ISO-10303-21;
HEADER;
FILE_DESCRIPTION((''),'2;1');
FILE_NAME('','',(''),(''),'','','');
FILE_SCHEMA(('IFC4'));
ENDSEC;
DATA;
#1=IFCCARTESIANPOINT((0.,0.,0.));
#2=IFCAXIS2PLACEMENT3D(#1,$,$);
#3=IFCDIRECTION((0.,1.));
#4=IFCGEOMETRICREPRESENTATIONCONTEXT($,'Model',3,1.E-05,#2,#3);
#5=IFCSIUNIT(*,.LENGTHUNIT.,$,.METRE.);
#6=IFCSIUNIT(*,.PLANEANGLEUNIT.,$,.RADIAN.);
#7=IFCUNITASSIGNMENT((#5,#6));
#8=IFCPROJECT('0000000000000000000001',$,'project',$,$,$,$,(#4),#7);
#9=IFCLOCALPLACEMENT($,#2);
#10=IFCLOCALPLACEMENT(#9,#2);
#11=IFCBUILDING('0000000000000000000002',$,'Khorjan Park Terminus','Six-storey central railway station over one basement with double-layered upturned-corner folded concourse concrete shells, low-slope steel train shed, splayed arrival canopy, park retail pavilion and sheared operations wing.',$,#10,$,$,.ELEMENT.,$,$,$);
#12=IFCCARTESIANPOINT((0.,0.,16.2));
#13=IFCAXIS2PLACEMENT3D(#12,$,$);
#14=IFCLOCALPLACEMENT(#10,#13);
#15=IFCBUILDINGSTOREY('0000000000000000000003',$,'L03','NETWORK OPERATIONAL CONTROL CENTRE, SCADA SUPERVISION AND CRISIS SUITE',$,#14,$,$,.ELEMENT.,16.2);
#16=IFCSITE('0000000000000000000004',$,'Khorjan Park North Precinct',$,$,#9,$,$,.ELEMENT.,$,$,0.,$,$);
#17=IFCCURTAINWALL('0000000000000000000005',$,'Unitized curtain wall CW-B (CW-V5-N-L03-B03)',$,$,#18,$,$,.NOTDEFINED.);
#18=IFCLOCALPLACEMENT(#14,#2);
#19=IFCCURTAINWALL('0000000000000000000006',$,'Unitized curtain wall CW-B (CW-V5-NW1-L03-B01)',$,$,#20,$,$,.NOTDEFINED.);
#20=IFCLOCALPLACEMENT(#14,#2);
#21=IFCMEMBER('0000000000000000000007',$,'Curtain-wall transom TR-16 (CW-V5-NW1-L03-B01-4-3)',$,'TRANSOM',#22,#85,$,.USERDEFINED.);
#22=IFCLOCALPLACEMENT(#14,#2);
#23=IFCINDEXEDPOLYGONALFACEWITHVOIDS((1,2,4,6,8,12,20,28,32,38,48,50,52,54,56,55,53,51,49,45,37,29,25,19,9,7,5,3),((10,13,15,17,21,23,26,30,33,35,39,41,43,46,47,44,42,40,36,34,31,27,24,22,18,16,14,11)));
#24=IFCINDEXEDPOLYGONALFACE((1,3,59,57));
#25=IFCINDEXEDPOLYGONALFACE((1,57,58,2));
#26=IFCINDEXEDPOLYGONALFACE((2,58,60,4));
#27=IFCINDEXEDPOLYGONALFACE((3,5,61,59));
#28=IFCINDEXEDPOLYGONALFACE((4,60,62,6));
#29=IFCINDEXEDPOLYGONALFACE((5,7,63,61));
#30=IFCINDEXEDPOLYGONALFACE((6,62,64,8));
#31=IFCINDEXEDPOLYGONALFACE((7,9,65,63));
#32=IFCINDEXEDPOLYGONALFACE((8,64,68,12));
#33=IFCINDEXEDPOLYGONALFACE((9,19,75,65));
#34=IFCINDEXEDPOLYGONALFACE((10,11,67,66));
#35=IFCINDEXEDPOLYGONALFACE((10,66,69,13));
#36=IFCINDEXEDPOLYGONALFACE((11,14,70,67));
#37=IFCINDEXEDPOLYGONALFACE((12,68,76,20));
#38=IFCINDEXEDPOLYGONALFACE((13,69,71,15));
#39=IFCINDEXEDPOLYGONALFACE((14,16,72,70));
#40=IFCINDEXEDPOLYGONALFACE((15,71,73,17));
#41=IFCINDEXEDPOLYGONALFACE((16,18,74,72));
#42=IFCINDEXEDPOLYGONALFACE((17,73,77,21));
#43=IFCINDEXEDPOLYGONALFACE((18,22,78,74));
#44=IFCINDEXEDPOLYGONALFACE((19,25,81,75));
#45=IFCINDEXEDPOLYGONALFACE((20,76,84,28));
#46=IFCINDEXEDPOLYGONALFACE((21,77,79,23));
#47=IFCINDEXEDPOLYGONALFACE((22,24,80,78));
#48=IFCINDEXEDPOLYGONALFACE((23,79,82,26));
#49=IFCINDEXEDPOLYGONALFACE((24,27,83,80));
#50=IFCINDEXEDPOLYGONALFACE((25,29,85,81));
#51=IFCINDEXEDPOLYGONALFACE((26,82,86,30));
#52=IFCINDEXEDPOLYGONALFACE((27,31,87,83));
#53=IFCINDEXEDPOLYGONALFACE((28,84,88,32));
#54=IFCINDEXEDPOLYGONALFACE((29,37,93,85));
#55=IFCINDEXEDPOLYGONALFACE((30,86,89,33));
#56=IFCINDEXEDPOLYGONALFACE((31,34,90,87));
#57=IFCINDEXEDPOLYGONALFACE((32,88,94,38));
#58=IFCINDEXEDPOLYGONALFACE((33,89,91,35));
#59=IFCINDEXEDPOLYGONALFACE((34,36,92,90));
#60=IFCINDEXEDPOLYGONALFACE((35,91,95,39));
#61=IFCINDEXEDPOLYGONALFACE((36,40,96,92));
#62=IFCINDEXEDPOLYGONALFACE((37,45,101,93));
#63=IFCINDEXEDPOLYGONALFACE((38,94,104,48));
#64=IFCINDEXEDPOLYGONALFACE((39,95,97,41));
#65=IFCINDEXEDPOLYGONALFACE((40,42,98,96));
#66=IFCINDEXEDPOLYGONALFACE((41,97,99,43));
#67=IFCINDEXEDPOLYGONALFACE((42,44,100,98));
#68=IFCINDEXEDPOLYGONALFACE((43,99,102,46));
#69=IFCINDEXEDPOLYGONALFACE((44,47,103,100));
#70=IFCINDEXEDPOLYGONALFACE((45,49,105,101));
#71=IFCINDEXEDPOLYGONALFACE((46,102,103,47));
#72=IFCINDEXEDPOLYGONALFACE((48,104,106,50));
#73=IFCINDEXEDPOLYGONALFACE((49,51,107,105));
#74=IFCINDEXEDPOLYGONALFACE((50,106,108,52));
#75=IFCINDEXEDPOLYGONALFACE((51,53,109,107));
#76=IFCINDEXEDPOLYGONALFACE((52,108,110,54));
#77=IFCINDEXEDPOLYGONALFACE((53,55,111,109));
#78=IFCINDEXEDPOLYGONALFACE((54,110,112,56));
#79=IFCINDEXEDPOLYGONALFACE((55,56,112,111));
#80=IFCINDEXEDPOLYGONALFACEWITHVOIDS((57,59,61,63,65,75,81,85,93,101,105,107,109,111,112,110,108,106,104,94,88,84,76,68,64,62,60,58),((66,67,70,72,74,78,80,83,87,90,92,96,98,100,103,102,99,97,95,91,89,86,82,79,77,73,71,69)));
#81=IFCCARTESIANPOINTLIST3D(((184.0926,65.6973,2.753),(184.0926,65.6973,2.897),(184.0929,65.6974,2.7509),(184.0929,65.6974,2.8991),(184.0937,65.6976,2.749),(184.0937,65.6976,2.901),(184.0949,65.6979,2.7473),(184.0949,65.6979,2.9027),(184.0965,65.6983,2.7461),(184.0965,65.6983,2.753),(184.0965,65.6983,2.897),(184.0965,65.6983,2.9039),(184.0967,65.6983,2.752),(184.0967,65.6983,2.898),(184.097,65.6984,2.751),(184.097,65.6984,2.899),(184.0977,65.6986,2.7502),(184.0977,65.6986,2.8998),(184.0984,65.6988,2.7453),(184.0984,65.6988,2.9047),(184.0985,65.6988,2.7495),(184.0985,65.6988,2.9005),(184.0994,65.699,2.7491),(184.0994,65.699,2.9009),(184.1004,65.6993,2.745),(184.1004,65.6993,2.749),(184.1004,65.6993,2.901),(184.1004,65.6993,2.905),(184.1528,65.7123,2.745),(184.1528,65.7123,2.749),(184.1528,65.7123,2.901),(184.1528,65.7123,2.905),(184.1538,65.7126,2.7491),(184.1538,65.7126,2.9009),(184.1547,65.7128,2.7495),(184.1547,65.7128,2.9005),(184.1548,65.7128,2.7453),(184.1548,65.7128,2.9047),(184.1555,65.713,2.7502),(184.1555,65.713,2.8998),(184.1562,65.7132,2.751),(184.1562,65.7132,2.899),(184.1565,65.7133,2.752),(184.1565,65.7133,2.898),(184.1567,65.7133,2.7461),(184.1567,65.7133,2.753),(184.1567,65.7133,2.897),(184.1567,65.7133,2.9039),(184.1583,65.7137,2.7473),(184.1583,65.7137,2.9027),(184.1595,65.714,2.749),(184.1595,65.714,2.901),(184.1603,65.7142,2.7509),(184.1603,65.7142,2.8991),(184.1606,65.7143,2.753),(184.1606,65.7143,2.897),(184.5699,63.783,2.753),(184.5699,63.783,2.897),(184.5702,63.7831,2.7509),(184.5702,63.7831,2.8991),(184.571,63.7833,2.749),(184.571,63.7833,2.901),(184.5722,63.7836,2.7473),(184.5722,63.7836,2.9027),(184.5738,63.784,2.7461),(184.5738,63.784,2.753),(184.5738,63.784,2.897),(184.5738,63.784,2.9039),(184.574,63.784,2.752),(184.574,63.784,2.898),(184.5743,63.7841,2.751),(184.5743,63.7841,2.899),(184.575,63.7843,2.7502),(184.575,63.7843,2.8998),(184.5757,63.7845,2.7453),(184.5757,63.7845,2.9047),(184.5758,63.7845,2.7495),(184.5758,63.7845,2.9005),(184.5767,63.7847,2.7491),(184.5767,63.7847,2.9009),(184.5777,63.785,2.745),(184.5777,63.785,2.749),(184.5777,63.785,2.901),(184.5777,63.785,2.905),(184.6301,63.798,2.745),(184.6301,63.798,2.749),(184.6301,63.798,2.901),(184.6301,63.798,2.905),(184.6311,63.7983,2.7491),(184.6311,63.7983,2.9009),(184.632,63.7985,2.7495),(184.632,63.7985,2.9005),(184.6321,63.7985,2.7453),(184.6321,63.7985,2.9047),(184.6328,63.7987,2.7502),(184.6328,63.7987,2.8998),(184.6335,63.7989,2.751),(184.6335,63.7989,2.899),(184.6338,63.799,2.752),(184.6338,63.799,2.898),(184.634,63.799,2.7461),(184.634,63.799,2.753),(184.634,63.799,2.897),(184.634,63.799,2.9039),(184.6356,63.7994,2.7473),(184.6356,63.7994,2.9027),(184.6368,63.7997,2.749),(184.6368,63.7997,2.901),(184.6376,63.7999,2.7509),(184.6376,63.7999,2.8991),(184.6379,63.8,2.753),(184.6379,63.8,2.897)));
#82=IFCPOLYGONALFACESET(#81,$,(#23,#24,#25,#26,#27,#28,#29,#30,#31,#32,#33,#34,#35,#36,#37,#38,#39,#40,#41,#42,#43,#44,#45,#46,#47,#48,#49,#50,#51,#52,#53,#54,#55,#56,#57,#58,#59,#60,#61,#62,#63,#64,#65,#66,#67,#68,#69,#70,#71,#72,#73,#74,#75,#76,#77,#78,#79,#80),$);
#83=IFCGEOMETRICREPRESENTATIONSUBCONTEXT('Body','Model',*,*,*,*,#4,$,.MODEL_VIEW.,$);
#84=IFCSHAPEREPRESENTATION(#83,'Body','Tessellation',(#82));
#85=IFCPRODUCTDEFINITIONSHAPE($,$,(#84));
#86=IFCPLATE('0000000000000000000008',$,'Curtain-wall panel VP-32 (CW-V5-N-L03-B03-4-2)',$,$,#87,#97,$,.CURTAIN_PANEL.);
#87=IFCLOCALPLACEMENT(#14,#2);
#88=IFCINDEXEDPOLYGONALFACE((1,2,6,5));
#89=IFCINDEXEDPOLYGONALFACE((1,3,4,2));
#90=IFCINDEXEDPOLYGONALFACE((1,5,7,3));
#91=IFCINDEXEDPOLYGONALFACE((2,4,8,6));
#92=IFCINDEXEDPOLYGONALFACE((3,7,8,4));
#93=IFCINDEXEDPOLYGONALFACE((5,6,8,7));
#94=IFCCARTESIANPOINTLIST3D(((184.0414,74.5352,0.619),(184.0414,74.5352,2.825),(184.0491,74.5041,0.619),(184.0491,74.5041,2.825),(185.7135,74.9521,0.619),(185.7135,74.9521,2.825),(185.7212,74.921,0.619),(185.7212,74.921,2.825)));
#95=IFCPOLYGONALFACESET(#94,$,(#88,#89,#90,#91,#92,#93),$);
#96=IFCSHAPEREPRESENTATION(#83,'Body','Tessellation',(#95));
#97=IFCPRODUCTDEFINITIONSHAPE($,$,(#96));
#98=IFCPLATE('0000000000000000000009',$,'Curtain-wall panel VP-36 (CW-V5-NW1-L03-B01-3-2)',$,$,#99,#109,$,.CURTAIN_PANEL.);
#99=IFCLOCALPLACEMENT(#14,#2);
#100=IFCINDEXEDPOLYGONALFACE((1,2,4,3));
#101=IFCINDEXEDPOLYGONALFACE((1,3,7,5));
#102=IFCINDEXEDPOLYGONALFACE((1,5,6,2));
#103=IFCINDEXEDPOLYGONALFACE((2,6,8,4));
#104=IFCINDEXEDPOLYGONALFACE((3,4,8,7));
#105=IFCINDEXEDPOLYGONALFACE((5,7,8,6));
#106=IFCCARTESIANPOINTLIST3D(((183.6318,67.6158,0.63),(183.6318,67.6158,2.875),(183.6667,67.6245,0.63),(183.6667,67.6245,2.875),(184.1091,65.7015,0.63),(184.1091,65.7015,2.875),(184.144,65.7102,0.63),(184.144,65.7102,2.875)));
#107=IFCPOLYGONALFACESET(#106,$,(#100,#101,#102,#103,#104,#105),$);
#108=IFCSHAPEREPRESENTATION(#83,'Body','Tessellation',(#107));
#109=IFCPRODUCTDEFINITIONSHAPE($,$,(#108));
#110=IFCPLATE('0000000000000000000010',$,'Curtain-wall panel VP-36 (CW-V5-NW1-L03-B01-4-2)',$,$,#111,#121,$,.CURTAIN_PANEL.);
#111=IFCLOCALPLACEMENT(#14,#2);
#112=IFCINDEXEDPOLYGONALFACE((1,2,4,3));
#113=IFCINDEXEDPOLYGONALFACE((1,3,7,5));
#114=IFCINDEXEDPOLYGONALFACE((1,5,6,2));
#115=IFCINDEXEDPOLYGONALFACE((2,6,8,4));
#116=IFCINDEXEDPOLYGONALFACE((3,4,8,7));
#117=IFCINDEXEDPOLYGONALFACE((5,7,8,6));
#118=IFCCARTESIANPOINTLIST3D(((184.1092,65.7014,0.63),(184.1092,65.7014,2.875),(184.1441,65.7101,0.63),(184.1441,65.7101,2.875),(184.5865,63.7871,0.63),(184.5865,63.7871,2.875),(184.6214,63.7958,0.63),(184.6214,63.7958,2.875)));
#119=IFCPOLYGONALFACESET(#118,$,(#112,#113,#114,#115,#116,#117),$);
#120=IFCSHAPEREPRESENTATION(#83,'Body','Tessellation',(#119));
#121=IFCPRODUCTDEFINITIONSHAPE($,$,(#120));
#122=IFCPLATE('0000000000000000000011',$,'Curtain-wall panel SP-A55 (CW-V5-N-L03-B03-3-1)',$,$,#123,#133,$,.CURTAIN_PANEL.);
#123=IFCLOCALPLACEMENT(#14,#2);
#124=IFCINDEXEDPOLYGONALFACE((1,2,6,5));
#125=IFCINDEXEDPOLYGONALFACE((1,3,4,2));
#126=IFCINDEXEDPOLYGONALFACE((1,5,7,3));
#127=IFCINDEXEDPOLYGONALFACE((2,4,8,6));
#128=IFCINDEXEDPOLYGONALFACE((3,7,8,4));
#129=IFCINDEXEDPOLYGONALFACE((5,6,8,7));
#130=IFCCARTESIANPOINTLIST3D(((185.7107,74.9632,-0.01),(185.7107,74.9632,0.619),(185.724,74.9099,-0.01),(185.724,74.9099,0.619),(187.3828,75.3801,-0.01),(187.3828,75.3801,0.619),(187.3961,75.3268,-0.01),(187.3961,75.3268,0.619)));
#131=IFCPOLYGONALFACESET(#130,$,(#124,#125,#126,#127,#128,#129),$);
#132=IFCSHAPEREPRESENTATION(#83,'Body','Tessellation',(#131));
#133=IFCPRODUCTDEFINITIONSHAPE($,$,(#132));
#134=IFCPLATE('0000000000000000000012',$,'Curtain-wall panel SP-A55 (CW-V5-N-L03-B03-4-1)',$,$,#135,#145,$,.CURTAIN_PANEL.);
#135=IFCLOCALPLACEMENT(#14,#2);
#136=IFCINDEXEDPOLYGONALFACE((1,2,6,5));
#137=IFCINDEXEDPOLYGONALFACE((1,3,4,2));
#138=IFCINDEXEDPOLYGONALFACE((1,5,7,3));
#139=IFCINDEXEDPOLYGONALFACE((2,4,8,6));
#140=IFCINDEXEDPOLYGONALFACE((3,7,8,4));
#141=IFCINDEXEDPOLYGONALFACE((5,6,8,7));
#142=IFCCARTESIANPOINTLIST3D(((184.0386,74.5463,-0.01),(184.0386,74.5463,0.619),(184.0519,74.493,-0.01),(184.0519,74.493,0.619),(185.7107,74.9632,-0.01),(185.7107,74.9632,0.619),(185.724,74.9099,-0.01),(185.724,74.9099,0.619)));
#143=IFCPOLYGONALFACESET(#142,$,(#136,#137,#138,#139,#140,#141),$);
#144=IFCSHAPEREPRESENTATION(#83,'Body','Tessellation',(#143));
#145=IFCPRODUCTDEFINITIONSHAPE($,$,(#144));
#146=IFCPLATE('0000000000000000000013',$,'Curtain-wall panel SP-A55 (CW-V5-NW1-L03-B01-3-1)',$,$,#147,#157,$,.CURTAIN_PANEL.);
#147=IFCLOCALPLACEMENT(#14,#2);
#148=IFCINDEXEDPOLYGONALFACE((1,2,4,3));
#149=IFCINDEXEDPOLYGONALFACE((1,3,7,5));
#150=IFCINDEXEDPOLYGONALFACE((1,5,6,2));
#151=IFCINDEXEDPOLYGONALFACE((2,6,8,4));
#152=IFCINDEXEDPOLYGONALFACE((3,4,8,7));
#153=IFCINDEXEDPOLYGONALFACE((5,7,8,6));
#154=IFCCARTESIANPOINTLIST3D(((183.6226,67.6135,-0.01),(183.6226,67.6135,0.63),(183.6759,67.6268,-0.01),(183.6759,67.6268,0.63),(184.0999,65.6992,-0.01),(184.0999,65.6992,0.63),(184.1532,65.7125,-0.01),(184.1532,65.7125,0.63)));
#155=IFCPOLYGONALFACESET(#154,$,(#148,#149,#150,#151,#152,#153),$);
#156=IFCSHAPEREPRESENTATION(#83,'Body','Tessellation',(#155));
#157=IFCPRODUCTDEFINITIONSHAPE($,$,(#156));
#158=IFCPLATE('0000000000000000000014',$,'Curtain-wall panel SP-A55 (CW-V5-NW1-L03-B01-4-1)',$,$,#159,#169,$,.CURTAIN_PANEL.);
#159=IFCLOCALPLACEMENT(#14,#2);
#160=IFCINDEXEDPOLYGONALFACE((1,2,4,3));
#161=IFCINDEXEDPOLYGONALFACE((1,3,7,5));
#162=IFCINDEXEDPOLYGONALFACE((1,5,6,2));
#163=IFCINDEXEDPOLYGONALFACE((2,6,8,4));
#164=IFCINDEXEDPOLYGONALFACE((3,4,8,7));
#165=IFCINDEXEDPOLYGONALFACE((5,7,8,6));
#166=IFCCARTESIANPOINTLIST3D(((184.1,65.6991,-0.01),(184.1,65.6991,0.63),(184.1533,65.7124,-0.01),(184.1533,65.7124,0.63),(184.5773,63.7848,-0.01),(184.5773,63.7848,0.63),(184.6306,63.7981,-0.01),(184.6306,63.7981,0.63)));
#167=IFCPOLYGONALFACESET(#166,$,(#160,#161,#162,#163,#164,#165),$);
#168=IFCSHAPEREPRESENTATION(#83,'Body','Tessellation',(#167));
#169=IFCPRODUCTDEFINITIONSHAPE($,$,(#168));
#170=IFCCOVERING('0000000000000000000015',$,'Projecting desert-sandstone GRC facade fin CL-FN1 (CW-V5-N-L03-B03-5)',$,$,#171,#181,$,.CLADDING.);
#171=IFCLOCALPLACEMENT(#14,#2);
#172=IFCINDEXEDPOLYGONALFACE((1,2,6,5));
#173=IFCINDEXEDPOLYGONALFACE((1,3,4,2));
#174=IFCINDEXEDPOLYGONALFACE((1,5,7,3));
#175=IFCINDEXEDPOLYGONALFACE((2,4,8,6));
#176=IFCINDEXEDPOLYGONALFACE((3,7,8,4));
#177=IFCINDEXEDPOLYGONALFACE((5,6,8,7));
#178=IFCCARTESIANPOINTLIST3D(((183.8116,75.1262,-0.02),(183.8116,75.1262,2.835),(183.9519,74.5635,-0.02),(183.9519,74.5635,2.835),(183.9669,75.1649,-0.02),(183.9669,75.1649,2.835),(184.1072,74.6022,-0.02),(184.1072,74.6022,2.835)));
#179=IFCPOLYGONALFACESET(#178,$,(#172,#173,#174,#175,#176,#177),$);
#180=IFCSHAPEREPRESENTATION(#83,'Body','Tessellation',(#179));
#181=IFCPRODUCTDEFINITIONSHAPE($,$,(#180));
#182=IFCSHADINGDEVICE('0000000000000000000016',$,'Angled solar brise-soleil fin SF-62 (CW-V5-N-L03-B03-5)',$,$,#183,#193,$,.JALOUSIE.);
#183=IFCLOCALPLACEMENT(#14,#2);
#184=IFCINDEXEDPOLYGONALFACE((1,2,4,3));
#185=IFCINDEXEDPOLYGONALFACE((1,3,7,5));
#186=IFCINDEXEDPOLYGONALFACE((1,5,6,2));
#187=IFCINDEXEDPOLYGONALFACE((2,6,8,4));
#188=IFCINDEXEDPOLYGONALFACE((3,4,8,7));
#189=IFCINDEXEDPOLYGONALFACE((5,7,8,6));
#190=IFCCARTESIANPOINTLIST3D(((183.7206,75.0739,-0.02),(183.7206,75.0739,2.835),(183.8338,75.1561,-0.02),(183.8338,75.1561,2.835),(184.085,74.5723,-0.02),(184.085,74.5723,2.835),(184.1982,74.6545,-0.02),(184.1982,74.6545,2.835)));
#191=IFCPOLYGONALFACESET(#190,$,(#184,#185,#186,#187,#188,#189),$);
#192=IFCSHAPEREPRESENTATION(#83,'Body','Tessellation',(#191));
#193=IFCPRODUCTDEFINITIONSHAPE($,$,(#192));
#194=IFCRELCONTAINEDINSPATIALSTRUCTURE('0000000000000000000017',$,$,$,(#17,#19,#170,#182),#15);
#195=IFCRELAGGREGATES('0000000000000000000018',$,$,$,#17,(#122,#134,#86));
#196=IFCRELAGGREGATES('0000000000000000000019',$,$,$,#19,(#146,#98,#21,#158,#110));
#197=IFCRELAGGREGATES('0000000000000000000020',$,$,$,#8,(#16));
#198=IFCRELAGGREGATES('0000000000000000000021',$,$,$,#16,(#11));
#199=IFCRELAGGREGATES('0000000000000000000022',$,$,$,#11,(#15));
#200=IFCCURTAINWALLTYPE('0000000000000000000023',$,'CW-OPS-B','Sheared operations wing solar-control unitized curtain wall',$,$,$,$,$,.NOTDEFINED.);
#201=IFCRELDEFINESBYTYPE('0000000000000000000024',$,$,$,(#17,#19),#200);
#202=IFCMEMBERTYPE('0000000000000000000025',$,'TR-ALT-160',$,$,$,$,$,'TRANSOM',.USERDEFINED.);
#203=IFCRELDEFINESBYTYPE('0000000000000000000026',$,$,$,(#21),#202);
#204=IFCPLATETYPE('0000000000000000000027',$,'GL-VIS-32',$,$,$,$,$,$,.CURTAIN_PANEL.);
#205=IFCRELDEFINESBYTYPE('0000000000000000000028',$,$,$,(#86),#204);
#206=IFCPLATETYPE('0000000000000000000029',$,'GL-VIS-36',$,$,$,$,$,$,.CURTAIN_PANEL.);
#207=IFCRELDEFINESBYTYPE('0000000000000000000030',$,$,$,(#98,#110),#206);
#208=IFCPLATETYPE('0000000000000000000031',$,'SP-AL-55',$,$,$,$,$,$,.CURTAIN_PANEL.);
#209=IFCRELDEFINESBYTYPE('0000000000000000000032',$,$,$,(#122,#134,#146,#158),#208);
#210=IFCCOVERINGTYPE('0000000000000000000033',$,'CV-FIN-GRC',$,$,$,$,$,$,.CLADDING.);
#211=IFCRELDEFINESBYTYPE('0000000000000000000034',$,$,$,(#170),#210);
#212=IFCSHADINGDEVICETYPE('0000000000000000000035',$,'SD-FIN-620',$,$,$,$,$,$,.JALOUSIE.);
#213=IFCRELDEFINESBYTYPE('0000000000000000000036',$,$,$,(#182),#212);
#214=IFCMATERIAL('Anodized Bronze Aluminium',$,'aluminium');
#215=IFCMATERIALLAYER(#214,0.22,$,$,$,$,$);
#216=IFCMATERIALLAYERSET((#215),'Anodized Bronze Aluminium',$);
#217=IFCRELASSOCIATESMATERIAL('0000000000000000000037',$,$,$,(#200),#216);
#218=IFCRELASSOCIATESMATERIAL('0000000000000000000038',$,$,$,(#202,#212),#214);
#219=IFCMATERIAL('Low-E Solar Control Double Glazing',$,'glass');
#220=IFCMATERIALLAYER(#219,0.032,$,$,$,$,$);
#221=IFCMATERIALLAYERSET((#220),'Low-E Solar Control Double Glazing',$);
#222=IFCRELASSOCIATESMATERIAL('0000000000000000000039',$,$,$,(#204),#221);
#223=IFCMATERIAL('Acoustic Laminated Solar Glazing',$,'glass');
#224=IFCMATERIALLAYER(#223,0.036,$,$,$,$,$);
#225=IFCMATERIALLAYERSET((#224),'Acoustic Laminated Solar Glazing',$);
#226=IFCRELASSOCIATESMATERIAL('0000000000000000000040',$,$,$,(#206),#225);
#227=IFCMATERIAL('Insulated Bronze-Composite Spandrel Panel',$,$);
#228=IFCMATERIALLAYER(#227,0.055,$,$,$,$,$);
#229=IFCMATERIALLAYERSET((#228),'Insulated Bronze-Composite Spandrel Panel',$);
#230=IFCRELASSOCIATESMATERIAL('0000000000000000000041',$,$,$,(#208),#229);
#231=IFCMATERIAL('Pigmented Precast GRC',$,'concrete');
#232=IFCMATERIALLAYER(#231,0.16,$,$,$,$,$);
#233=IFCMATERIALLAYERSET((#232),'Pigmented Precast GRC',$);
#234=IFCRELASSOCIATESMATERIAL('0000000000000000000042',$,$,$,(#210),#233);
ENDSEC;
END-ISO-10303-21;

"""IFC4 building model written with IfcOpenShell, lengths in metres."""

from ifc_helpers import new_model, si_unit, direction, frame, origin, origin_2d, place, context, subcontext, project, spatial, rectangle, hollow_rectangle, extrude, material, layer, layer_set, material_profile, profile_set, type_object, element, aggregate, save


model = new_model("IFC4")

# Units and contexts
model_context = context("Model", 3, precision=1e-05, world=origin(), true_north=direction((0.0, 1.0)))
body_context = subcontext(model_context, "Body", "Model", "MODEL_VIEW")
ifc_project = project(units=[si_unit("LENGTHUNIT", "METRE"), si_unit("PLANEANGLEUNIT", "RADIAN")], contexts=[model_context])

# Site, building, storey
site_placement = place(None, origin())
site = spatial("IfcSite", under=ifc_project, at=site_placement, Name="Khorjan Park North Precinct", CompositionType="ELEMENT", RefElevation=0.0)
building_placement = place(site_placement, origin())
building = spatial("IfcBuilding", under=site, at=building_placement, Name="Khorjan Park Terminus", Description="Six-storey central railway station over one basement with double-layered upturned-corner folded concourse concrete shells, low-slope steel train shed, splayed arrival canopy, park retail pavilion and sheared operations wing.", CompositionType="ELEMENT")
storey_placement = place(building_placement, frame((0.0, 0.0, 16.2)))
storey = spatial("IfcBuildingStorey", under=building, at=storey_placement, Name="L03", Description="NETWORK OPERATIONAL CONTROL CENTRE, SCADA SUPERVISION AND CRISIS SUITE", CompositionType="ELEMENT", Elevation=16.2)

# Curtain walls
ifc_material_1 = material(Name="Anodized Bronze Aluminium", Category="aluminium")
ifc_layer_1 = layer(ifc_material_1, 0.22)
ifc_layer_set_1 = layer_set([ifc_layer_1], Name="Anodized Bronze Aluminium")
curtain_wall_type = type_object("IfcCurtainWallType", Name="CW-OPS-B", Description="Sheared operations wing solar-control unitized curtain wall", PredefinedType="NOTDEFINED", material=ifc_layer_set_1)
curtain_wall_1_placement = place(storey_placement, origin())
curtain_wall_1 = element("IfcCurtainWall", 1, at=curtain_wall_1_placement, inside=storey, type_object=curtain_wall_type, Name="Unitized curtain wall CW-B (CW-V5-N-L03-B03)", PredefinedType="NOTDEFINED")
curtain_wall_2_placement = place(storey_placement, origin())
curtain_wall_2 = element("IfcCurtainWall", 2, at=curtain_wall_2_placement, inside=storey, type_object=curtain_wall_type, Name="Unitized curtain wall CW-B (CW-V5-NW1-L03-B01)", PredefinedType="NOTDEFINED")

# Member
ifc_material_profile_1 = material_profile(ifc_material_1, hollow_rectangle(XDim=0.07, YDim=0.16, WallThickness=0.004, InnerFilletRadius=0.004, OuterFilletRadius=0.008, at=origin_2d()), Name="ALT 70x160x4")
ifc_profile_set_1 = profile_set([ifc_material_profile_1], Name="Anodized Bronze Aluminium")
member_type_1 = type_object("IfcMemberType", Name="TR-ALT-160", ElementType="TRANSOM", PredefinedType="USERDEFINED", material=ifc_profile_set_1)
member_1_placement = place(storey_placement, frame((184.1266, 65.7058, 2.825), z_axis=(0.241927, -0.970294, 0.0), x_axis=(0.970294, 0.241927, 0.0)))
member_1 = element("IfcMember", 3, at=member_1_placement, type_object=member_type_1, Name="Curtain-wall transom TR-16 (CW-V5-NW1-L03-B01-4-3)", ObjectType="TRANSOM", PredefinedType="USERDEFINED", context=body_context, shape_type="SweptSolid", body=[
    extrude(hollow_rectangle(XDim=0.07, YDim=0.16, WallThickness=0.004, InnerFilletRadius=0.004, OuterFilletRadius=0.008, at=origin_2d()), origin(), (0.0, 0.0, 1.0), 1.9729),
])

# Plates
ifc_material_2 = material(Name="Low-E Solar Control Double Glazing", Category="glass")
ifc_layer_2 = layer(ifc_material_2, 0.032)
ifc_layer_set_2 = layer_set([ifc_layer_2], Name="Low-E Solar Control Double Glazing")
plate_type_1 = type_object("IfcPlateType", Name="GL-VIS-32", PredefinedType="CURTAIN_PANEL", material=ifc_layer_set_2)
plate_1_placement = place(storey_placement, frame((184.8813, 74.7281, 0.619), z_axis=(0.0, 0.0, 1.0), x_axis=(-0.970296, -0.241921, 0.0)))
plate_1 = element("IfcPlate", 4, at=plate_1_placement, type_object=plate_type_1, Name="Curtain-wall panel VP-32 (CW-V5-N-L03-B03-4-2)", PredefinedType="CURTAIN_PANEL", context=body_context, shape_type="SweptSolid", body=[
    extrude(rectangle(XDim=1.7233, YDim=0.032, at=origin_2d()), origin(), (0.0, 0.0, 1.0), 2.206),
])
ifc_material_3 = material(Name="Acoustic Laminated Solar Glazing", Category="glass")
ifc_layer_3 = layer(ifc_material_3, 0.036)
ifc_layer_set_3 = layer_set([ifc_layer_3], Name="Acoustic Laminated Solar Glazing")
plate_type_2 = type_object("IfcPlateType", Name="GL-VIS-36", PredefinedType="CURTAIN_PANEL", material=ifc_layer_set_3)
plate_2_placement = place(storey_placement, frame((183.8879, 66.663, 0.63), z_axis=(0.0, 0.0, 1.0), x_axis=(0.241923, -0.970296, 0.0)))
plate_2 = element("IfcPlate", 5, at=plate_2_placement, type_object=plate_type_2, Name="Curtain-wall panel VP-36 (CW-V5-NW1-L03-B01-3-2)", PredefinedType="CURTAIN_PANEL", context=body_context, shape_type="SweptSolid", body=[
    extrude(rectangle(XDim=1.9729, YDim=0.036, at=origin_2d()), origin(), (0.0, 0.0, 1.0), 2.245),
])
plate_3_placement = place(storey_placement, frame((184.3653, 64.7486, 0.63), z_axis=(0.0, 0.0, 1.0), x_axis=(0.241923, -0.970296, 0.0)))
plate_3 = element("IfcPlate", 6, at=plate_3_placement, type_object=plate_type_2, Name="Curtain-wall panel VP-36 (CW-V5-NW1-L03-B01-4-2)", PredefinedType="CURTAIN_PANEL", context=body_context, shape_type="SweptSolid", body=[
    extrude(rectangle(XDim=1.9729, YDim=0.036, at=origin_2d()), origin(), (0.0, 0.0, 1.0), 2.245),
])
ifc_material_4 = material(Name="Insulated Bronze-Composite Spandrel Panel")
ifc_layer_4 = layer(ifc_material_4, 0.055)
ifc_layer_set_4 = layer_set([ifc_layer_4], Name="Insulated Bronze-Composite Spandrel Panel")
plate_type_3 = type_object("IfcPlateType", Name="SP-AL-55", PredefinedType="CURTAIN_PANEL", material=ifc_layer_set_4)
plate_4_placement = place(storey_placement, frame((186.5534, 75.145, -0.01), z_axis=(0.0, 0.0, 1.0), x_axis=(-0.970296, -0.241921, 0.0)))
plate_4 = element("IfcPlate", 7, at=plate_4_placement, type_object=plate_type_3, Name="Curtain-wall panel SP-A55 (CW-V5-N-L03-B03-3-1)", PredefinedType="CURTAIN_PANEL", context=body_context, shape_type="SweptSolid", body=[
    extrude(rectangle(XDim=1.7233, YDim=0.055, at=origin_2d()), origin(), (0.0, 0.0, 1.0), 0.629),
])
plate_5_placement = place(storey_placement, frame((184.8813, 74.7281, -0.01), z_axis=(0.0, 0.0, 1.0), x_axis=(-0.970296, -0.241921, 0.0)))
plate_5 = element("IfcPlate", 8, at=plate_5_placement, type_object=plate_type_3, Name="Curtain-wall panel SP-A55 (CW-V5-N-L03-B03-4-1)", PredefinedType="CURTAIN_PANEL", context=body_context, shape_type="SweptSolid", body=[
    extrude(rectangle(XDim=1.7233, YDim=0.055, at=origin_2d()), origin(), (0.0, 0.0, 1.0), 0.629),
])
aggregate(curtain_wall_1, [plate_4, plate_5, plate_1])
plate_6_placement = place(storey_placement, frame((183.8879, 66.663, -0.01), z_axis=(0.0, 0.0, 1.0), x_axis=(0.241923, -0.970296, 0.0)))
plate_6 = element("IfcPlate", 9, at=plate_6_placement, type_object=plate_type_3, Name="Curtain-wall panel SP-A55 (CW-V5-NW1-L03-B01-3-1)", PredefinedType="CURTAIN_PANEL", context=body_context, shape_type="SweptSolid", body=[
    extrude(rectangle(XDim=1.9729, YDim=0.055, at=origin_2d()), origin(), (0.0, 0.0, 1.0), 0.64),
])
plate_7_placement = place(storey_placement, frame((184.3653, 64.7486, -0.01), z_axis=(0.0, 0.0, 1.0), x_axis=(0.241923, -0.970296, 0.0)))
plate_7 = element("IfcPlate", 10, at=plate_7_placement, type_object=plate_type_3, Name="Curtain-wall panel SP-A55 (CW-V5-NW1-L03-B01-4-1)", PredefinedType="CURTAIN_PANEL", context=body_context, shape_type="SweptSolid", body=[
    extrude(rectangle(XDim=1.9729, YDim=0.055, at=origin_2d()), origin(), (0.0, 0.0, 1.0), 0.64),
])
aggregate(curtain_wall_2, [plate_6, plate_2, member_1, plate_7, plate_3])

# Covering
ifc_material_5 = material(Name="Pigmented Precast GRC", Category="concrete")
ifc_layer_5 = layer(ifc_material_5, 0.16)
ifc_layer_set_5 = layer_set([ifc_layer_5], Name="Pigmented Precast GRC")
covering_type = type_object("IfcCoveringType", Name="CV-FIN-GRC", PredefinedType="CLADDING", material=ifc_layer_set_5)
covering_placement = place(storey_placement, frame((183.9594, 74.8642, -0.02), z_axis=(0.0, 0.0, 1.0), x_axis=(0.241922, -0.970296, 0.0)))
element("IfcCovering", 11, at=covering_placement, inside=storey, type_object=covering_type, Name="Projecting desert-sandstone GRC facade fin CL-FN1 (CW-V5-N-L03-B03-5)", PredefinedType="CLADDING", context=body_context, shape_type="SweptSolid", body=[
    extrude(rectangle(XDim=0.58, YDim=0.16, at=origin_2d()), origin(), (0.0, 0.0, 1.0), 2.855),
])

# Shading device
shading_device_type = type_object("IfcShadingDeviceType", Name="SD-FIN-620", PredefinedType="JALOUSIE", material=ifc_material_1)
shading_device_placement = place(storey_placement, frame((183.9594, 74.8642, -0.02), z_axis=(0.0, 0.0, 1.0), x_axis=(0.587785, -0.809017, 0.0)))
element("IfcShadingDevice", 12, at=shading_device_placement, inside=storey, type_object=shading_device_type, Name="Angled solar brise-soleil fin SF-62 (CW-V5-N-L03-B03-5)", PredefinedType="JALOUSIE", context=body_context, shape_type="SweptSolid", body=[
    extrude(rectangle(XDim=0.62, YDim=0.14, at=origin_2d()), origin(), (0.0, 0.0, 1.0), 2.855),
])

save(model, "model.ifc")
